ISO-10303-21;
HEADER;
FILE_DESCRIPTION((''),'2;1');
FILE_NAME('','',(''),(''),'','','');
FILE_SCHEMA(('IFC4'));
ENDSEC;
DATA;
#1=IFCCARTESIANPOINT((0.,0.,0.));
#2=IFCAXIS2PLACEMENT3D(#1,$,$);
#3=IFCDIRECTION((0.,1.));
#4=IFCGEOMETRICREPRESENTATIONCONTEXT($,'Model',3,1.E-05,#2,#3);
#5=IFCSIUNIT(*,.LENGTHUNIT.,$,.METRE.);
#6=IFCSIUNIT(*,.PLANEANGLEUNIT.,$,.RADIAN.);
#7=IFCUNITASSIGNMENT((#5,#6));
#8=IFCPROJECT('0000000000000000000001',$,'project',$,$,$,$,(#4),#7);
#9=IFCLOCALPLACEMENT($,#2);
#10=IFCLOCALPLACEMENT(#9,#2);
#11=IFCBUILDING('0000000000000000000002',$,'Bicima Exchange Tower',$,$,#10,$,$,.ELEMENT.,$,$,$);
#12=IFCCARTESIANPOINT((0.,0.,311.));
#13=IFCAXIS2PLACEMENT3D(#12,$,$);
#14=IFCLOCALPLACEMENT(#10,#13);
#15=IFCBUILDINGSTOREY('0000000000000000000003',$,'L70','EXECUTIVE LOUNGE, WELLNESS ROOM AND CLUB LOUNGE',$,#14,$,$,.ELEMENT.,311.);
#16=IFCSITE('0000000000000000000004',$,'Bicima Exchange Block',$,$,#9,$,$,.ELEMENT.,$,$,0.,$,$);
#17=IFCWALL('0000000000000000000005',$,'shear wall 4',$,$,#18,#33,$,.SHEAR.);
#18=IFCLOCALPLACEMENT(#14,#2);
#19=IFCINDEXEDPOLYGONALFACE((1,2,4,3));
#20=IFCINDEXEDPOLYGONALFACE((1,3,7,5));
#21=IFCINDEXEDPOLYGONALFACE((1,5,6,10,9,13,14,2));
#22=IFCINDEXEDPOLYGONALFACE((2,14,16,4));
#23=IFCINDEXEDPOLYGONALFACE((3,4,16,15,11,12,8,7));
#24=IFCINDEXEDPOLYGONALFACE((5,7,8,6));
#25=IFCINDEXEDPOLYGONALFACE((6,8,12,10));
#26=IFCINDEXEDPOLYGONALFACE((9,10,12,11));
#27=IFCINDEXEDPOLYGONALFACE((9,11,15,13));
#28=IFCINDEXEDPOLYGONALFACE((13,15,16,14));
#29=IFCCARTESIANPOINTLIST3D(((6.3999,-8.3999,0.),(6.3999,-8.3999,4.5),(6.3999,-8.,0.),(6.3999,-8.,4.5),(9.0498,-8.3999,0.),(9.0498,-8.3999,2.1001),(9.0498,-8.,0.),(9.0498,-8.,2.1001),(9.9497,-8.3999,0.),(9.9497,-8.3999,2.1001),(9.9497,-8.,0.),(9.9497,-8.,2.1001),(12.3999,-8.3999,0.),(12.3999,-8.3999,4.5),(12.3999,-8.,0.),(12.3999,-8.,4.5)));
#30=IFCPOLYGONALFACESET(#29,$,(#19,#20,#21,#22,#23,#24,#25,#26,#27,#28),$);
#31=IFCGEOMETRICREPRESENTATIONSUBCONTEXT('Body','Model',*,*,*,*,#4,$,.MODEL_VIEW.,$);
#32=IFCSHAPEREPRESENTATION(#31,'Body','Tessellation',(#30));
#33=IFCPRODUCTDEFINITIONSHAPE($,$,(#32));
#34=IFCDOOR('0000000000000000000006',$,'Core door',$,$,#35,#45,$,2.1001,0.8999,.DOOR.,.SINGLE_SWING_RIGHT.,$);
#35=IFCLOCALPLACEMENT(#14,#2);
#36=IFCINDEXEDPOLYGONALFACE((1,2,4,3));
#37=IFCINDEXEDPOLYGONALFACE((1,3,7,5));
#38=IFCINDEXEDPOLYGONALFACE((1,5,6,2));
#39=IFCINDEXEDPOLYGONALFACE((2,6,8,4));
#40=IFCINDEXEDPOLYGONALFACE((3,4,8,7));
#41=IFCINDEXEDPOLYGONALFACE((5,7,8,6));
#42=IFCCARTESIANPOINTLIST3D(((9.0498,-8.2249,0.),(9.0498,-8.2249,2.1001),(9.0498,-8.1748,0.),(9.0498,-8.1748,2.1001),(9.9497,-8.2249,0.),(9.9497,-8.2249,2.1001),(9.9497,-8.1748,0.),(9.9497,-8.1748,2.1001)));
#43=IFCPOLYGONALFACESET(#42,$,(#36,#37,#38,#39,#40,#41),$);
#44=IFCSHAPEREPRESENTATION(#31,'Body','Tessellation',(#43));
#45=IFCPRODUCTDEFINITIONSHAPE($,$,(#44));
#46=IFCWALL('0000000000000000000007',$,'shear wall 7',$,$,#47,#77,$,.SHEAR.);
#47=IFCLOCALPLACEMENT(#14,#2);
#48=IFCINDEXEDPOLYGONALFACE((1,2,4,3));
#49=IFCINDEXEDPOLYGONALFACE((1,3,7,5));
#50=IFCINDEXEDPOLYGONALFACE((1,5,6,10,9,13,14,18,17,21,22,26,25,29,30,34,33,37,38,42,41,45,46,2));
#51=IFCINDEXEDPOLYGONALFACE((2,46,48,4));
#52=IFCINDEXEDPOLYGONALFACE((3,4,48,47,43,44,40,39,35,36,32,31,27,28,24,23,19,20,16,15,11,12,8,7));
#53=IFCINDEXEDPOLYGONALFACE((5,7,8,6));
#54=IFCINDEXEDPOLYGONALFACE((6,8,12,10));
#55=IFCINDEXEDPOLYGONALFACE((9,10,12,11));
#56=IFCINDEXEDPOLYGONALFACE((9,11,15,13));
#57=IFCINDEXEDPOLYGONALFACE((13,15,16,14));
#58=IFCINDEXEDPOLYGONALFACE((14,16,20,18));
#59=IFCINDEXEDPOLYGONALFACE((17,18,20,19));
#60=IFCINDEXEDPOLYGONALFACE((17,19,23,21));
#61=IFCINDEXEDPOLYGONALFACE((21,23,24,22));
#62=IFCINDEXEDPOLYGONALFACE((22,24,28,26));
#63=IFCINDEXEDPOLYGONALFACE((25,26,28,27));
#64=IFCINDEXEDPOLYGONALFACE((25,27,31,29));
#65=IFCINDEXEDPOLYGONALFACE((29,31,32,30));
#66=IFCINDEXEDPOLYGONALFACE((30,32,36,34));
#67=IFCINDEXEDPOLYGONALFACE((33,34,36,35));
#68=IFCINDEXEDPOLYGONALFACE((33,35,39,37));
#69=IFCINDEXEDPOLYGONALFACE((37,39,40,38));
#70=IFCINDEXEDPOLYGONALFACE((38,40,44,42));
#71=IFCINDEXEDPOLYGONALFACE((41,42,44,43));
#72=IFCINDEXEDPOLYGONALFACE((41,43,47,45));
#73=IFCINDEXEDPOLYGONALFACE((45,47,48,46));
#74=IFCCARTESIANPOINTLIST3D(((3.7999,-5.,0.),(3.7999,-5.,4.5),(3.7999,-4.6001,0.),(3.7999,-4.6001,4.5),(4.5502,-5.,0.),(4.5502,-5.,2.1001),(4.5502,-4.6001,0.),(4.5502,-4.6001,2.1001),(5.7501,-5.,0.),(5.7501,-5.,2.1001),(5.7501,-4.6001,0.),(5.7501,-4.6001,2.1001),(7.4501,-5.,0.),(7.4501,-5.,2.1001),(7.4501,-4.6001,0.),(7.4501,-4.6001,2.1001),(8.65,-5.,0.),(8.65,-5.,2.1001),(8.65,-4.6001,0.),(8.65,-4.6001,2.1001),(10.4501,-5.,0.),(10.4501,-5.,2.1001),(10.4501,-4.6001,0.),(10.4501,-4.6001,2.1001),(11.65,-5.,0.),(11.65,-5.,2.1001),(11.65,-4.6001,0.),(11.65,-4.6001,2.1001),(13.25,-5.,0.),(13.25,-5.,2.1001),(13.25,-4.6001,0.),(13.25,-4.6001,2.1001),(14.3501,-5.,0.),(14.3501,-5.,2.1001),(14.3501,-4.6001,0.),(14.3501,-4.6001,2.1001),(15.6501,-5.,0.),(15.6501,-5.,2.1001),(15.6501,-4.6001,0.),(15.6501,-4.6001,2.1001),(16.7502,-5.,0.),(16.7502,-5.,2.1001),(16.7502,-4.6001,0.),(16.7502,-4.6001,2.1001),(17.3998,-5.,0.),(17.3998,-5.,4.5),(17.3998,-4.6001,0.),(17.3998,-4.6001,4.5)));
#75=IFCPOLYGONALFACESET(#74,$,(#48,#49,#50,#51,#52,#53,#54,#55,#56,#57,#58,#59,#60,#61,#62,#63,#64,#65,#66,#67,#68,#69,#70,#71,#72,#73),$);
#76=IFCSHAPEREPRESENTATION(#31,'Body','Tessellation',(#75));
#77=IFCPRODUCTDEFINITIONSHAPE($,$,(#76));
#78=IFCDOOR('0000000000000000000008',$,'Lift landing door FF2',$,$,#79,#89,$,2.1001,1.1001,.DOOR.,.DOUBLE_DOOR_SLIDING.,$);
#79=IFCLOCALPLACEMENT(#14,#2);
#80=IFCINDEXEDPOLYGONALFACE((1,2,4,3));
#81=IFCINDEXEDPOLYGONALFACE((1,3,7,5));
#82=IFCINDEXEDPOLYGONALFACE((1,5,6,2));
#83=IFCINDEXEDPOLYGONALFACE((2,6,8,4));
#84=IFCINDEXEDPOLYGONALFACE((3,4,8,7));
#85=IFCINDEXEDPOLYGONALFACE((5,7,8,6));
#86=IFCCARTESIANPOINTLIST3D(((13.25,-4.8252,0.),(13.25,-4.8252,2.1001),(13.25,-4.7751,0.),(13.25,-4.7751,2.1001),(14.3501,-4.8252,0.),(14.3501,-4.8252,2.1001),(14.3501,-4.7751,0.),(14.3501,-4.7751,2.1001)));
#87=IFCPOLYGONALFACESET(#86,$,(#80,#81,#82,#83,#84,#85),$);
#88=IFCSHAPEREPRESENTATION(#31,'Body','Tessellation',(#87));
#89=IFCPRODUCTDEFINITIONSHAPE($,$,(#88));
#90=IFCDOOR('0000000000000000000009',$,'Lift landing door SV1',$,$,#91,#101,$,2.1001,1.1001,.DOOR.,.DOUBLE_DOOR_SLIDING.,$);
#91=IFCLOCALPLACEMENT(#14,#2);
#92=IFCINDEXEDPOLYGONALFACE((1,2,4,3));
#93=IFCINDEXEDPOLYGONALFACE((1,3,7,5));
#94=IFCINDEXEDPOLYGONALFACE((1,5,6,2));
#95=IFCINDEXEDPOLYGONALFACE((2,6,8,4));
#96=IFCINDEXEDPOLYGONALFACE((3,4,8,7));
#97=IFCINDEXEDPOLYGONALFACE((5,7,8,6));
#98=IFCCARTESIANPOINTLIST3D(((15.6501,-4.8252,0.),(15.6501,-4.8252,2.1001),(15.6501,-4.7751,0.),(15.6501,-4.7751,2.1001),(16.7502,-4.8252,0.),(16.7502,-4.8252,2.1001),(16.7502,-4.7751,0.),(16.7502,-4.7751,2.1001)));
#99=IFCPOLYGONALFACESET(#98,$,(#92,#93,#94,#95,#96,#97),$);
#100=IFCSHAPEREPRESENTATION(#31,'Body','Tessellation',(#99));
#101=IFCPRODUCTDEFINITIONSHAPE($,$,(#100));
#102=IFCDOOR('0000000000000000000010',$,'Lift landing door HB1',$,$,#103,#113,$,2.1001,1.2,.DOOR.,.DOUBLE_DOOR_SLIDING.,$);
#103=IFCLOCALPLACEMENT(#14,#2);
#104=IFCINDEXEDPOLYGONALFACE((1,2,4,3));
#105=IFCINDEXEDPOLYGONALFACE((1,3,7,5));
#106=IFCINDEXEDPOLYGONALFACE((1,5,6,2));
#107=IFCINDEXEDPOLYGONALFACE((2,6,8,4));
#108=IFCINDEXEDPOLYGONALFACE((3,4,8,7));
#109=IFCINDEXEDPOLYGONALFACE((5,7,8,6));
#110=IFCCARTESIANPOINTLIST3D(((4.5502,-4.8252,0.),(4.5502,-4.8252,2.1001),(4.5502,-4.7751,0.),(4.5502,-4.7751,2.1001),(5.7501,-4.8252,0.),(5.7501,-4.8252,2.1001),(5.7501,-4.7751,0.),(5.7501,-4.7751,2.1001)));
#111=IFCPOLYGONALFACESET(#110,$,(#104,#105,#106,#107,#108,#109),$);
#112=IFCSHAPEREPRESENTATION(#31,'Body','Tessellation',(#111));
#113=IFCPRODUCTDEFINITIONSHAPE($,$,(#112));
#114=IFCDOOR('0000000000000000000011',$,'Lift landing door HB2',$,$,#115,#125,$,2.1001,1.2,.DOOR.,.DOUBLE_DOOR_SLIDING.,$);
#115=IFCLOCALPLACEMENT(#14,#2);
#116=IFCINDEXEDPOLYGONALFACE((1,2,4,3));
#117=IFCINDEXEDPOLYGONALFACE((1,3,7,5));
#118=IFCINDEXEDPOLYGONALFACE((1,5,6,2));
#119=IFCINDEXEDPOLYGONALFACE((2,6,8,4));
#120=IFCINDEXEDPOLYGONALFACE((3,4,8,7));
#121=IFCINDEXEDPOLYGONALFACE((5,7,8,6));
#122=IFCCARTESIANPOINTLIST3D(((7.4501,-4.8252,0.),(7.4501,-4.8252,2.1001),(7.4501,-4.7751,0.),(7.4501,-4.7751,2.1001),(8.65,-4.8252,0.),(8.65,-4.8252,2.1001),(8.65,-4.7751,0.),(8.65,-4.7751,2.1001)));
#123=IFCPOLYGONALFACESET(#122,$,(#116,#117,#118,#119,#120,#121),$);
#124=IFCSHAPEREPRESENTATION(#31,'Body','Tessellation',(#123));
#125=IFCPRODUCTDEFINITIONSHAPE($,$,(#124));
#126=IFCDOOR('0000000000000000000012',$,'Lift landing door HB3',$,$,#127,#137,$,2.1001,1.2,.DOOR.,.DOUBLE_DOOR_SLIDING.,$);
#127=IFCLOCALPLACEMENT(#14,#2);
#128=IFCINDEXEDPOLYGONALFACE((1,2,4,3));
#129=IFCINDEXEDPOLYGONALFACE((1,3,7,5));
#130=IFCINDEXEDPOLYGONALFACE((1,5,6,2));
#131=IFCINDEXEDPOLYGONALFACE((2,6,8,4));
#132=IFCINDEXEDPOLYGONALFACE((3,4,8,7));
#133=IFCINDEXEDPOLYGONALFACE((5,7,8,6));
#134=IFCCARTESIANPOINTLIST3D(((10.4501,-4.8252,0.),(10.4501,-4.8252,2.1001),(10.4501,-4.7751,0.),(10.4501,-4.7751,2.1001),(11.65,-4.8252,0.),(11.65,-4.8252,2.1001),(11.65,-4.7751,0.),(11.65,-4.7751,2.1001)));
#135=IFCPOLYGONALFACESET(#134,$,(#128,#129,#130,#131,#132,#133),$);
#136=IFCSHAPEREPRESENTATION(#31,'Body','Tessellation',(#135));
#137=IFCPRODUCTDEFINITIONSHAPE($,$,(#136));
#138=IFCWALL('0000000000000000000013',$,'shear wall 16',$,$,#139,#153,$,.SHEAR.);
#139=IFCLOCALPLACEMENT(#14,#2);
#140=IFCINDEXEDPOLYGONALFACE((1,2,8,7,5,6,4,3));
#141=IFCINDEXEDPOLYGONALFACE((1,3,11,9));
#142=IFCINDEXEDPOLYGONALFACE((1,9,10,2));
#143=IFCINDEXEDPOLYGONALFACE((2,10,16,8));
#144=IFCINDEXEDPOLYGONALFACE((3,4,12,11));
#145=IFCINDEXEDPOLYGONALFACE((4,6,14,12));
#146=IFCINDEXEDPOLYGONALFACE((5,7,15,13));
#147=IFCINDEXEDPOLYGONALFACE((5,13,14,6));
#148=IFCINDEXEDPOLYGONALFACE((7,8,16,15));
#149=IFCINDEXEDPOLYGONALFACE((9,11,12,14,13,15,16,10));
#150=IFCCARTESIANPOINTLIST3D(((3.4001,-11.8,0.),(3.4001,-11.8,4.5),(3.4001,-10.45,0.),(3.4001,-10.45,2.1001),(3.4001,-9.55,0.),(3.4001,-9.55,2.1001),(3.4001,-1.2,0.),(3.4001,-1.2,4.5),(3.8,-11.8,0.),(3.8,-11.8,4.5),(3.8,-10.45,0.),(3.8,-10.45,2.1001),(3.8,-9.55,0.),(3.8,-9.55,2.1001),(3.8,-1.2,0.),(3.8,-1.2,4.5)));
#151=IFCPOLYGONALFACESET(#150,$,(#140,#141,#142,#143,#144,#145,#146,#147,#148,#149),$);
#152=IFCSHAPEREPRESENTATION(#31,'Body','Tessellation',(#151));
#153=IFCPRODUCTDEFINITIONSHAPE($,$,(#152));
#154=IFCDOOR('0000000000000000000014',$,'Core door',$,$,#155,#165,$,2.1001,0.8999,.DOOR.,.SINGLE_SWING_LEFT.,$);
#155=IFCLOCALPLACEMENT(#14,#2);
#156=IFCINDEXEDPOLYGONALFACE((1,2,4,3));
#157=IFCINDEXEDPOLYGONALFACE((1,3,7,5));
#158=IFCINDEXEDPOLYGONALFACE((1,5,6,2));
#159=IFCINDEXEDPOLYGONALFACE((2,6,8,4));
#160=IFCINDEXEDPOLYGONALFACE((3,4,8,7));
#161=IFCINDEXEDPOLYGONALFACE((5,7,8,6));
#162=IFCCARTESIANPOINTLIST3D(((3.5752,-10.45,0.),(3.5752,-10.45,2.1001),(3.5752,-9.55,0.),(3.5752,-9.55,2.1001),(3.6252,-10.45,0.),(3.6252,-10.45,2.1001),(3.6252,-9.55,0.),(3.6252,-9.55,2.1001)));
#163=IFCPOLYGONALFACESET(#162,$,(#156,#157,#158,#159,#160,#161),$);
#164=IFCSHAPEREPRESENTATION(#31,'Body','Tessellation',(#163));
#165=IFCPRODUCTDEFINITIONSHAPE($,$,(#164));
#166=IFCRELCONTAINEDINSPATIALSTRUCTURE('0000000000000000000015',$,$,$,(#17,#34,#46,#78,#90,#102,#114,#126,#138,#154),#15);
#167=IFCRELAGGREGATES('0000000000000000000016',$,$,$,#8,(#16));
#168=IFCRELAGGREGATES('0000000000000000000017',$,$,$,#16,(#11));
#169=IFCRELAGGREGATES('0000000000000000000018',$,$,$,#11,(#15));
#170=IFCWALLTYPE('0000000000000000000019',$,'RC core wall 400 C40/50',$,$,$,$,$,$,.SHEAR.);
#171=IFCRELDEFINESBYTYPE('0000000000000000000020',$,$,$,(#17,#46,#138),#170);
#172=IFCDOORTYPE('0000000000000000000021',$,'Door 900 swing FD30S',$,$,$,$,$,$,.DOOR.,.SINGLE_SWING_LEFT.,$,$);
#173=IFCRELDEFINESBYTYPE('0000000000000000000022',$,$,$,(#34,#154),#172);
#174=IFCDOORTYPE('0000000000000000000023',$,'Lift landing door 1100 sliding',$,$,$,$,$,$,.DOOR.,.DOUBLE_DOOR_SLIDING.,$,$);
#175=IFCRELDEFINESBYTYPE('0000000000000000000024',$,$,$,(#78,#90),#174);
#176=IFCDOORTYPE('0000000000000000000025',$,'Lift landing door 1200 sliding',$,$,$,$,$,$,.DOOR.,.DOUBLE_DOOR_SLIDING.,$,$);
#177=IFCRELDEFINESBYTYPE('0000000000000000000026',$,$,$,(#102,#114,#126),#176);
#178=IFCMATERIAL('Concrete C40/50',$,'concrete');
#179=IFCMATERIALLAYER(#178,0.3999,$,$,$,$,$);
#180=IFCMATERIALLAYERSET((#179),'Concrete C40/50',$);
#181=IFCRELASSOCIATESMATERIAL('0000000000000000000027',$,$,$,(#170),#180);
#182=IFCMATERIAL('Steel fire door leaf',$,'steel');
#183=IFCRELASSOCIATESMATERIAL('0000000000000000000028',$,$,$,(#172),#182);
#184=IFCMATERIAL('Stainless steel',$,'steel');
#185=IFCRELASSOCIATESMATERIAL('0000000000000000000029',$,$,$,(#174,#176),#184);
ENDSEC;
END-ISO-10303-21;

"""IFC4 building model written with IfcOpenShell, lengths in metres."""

from ifc_helpers import new_model, si_unit, direction, frame, frame_2d, origin, place, context, subcontext, project, spatial, rectangle, extrude, material, layer, layer_set, type_object, element, fill, save


model = new_model("IFC4")

# Units and contexts
model_context = context("Model", 3, precision=1e-05, world=origin(), true_north=direction((0.0, 1.0)))
body_context = subcontext(model_context, "Body", "Model", "MODEL_VIEW")
ifc_project = project(units=[si_unit("LENGTHUNIT", "METRE"), si_unit("PLANEANGLEUNIT", "RADIAN")], contexts=[model_context])

# Site, building, storey
site_placement = place(None, origin())
site = spatial("IfcSite", under=ifc_project, at=site_placement, Name="Bicima Exchange Block", CompositionType="ELEMENT", RefElevation=0.0)
building_placement = place(site_placement, origin())
building = spatial("IfcBuilding", under=site, at=building_placement, Name="Bicima Exchange Tower", CompositionType="ELEMENT")
storey_placement = place(building_placement, frame((0.0, 0.0, 311.0)))
storey = spatial("IfcBuildingStorey", under=building, at=storey_placement, Name="L70", Description="EXECUTIVE LOUNGE, WELLNESS ROOM AND CLUB LOUNGE", CompositionType="ELEMENT", Elevation=311.0)

# Shared definitions
ifc_material_1 = material(Name="Concrete C40/50", Category="concrete")

# Wall, opening, door
ifc_layer_1 = layer(ifc_material_1, 0.3999)
ifc_layer_set_1 = layer_set([ifc_layer_1], Name="Concrete C40/50")
wall_type_1 = type_object("IfcWallType", Name="RC core wall 400 C40/50", PredefinedType="SHEAR", material=ifc_layer_set_1)
wall_1_placement = place(storey_placement, frame((6.3999, -8.2, 0.0), z_axis=(0.0, 0.0, 1.0), x_axis=(1.0, 0.0, 0.0)))
wall_1 = element("IfcWall", 1, at=wall_1_placement, inside=storey, type_object=wall_type_1, Name="shear wall 4", PredefinedType="SHEAR", context=body_context, shape_type="SweptSolid", body=[
    extrude(rectangle(XDim=6.0, YDim=0.3999, at=frame_2d((3.0, 0.0))), origin(), (0.0, 0.0, 1.0), 4.5),
])
opening_1_placement = place(wall_1_placement, frame((2.6499, 0.0, 0.0)))
opening_1 = element("IfcOpeningElement", 2, at=opening_1_placement, cuts=wall_1, PredefinedType="OPENING", context=body_context, shape_type="SweptSolid", body=[
    extrude(rectangle(XDim=0.8999, YDim=2.1001, at=frame_2d((0.45, 1.05))), frame((0.0, 0.2119, 0.0), z_axis=(0.0, -1.0, 0.0), x_axis=(1.0, 0.0, 0.0)), (0.0, 0.0, 1.0), 0.4238),
])
ifc_material_2 = material(Name="Steel fire door leaf", Category="steel")
door_type_1 = type_object("IfcDoorType", Name="Door 900 swing FD30S", OperationType="SINGLE_SWING_LEFT", PredefinedType="DOOR", material=ifc_material_2)
door_1_placement = place(opening_1_placement, frame((0.8999, 0.0, 0.0), z_axis=(0.0, 0.0, 1.0), x_axis=(-1.0, 0.0, 0.0)))
door_1 = element("IfcDoor", 3, at=door_1_placement, inside=storey, type_object=door_type_1, Name="Core door", OperationType="SINGLE_SWING_RIGHT", OverallHeight=2.1001, OverallWidth=0.8999, PredefinedType="DOOR", context=body_context, shape_type="SweptSolid", body=[
    extrude(rectangle(XDim=0.8999, YDim=2.1001, at=frame_2d((0.45, 1.05))), frame((0.0, 0.0249, 0.0), z_axis=(0.0, -1.0, 0.0), x_axis=(1.0, 0.0, 0.0)), (0.0, 0.0, 1.0), 0.05),
])
fill(opening_1, door_1)

# Wall, openings, doors
wall_2_placement = place(storey_placement, frame((3.8, -4.8, 0.0), z_axis=(0.0, 0.0, 1.0), x_axis=(1.0, 0.0, 0.0)))
wall_2 = element("IfcWall", 4, at=wall_2_placement, inside=storey, type_object=wall_type_1, Name="shear wall 7", PredefinedType="SHEAR", context=body_context, shape_type="SweptSolid", body=[
    extrude(rectangle(XDim=13.5999, YDim=0.3999, at=frame_2d((6.7998, 0.0))), origin(), (0.0, 0.0, 1.0), 4.5),
])
opening_2_placement = place(wall_2_placement, frame((0.75, 0.0, 0.0)))
opening_2 = element("IfcOpeningElement", 5, at=opening_2_placement, cuts=wall_2, PredefinedType="OPENING", context=body_context, shape_type="SweptSolid", body=[
    extrude(rectangle(XDim=1.2, YDim=2.1001, at=frame_2d((0.6001, 1.05))), frame((0.0, 0.2119, 0.0), z_axis=(0.0, -1.0, 0.0), x_axis=(1.0, 0.0, 0.0)), (0.0, 0.0, 1.0), 0.4238),
])
opening_3_placement = place(wall_2_placement, frame((3.6499, 0.0, 0.0)))
opening_3 = element("IfcOpeningElement", 6, at=opening_3_placement, cuts=wall_2, PredefinedType="OPENING", context=body_context, shape_type="SweptSolid", body=[
    extrude(rectangle(XDim=1.2, YDim=2.1001, at=frame_2d((0.6001, 1.05))), frame((0.0, 0.2119, 0.0), z_axis=(0.0, -1.0, 0.0), x_axis=(1.0, 0.0, 0.0)), (0.0, 0.0, 1.0), 0.4238),
])
opening_4_placement = place(wall_2_placement, frame((6.6499, 0.0, 0.0)))
opening_4 = element("IfcOpeningElement", 7, at=opening_4_placement, cuts=wall_2, PredefinedType="OPENING", context=body_context, shape_type="SweptSolid", body=[
    extrude(rectangle(XDim=1.2, YDim=2.1001, at=frame_2d((0.6001, 1.05))), frame((0.0, 0.2119, 0.0), z_axis=(0.0, -1.0, 0.0), x_axis=(1.0, 0.0, 0.0)), (0.0, 0.0, 1.0), 0.4238),
])
opening_5_placement = place(wall_2_placement, frame((9.45, 0.0, 0.0)))
opening_5 = element("IfcOpeningElement", 8, at=opening_5_placement, cuts=wall_2, PredefinedType="OPENING", context=body_context, shape_type="SweptSolid", body=[
    extrude(rectangle(XDim=1.1001, YDim=2.1001, at=frame_2d((0.55, 1.05))), frame((0.0, 0.2119, 0.0), z_axis=(0.0, -1.0, 0.0), x_axis=(1.0, 0.0, 0.0)), (0.0, 0.0, 1.0), 0.4238),
])
opening_6_placement = place(wall_2_placement, frame((11.8501, 0.0, 0.0)))
opening_6 = element("IfcOpeningElement", 9, at=opening_6_placement, cuts=wall_2, PredefinedType="OPENING", context=body_context, shape_type="SweptSolid", body=[
    extrude(rectangle(XDim=1.1001, YDim=2.1001, at=frame_2d((0.55, 1.05))), frame((0.0, 0.2119, 0.0), z_axis=(0.0, -1.0, 0.0), x_axis=(1.0, 0.0, 0.0)), (0.0, 0.0, 1.0), 0.4238),
])
ifc_material_3 = material(Name="Stainless steel", Category="steel")
door_type_2 = type_object("IfcDoorType", Name="Lift landing door 1100 sliding", OperationType="DOUBLE_DOOR_SLIDING", PredefinedType="DOOR", material=ifc_material_3)
door_2_placement = place(opening_5_placement, origin())
door_2 = element("IfcDoor", 10, at=door_2_placement, inside=storey, type_object=door_type_2, Name="Lift landing door FF2", OperationType="DOUBLE_DOOR_SLIDING", OverallHeight=2.1001, OverallWidth=1.1001, PredefinedType="DOOR", context=body_context, shape_type="SweptSolid", body=[
    extrude(rectangle(XDim=1.1001, YDim=2.1001, at=frame_2d((0.55, 1.05))), frame((0.0, 0.0249, 0.0), z_axis=(0.0, -1.0, 0.0), x_axis=(1.0, 0.0, 0.0)), (0.0, 0.0, 1.0), 0.05),
])
fill(opening_5, door_2)
door_3_placement = place(opening_6_placement, origin())
door_3 = element("IfcDoor", 11, at=door_3_placement, inside=storey, type_object=door_type_2, Name="Lift landing door SV1", OperationType="DOUBLE_DOOR_SLIDING", OverallHeight=2.1001, OverallWidth=1.1001, PredefinedType="DOOR", context=body_context, shape_type="SweptSolid", body=[
    extrude(rectangle(XDim=1.1001, YDim=2.1001, at=frame_2d((0.55, 1.05))), frame((0.0, 0.0249, 0.0), z_axis=(0.0, -1.0, 0.0), x_axis=(1.0, 0.0, 0.0)), (0.0, 0.0, 1.0), 0.05),
])
fill(opening_6, door_3)
door_type_3 = type_object("IfcDoorType", Name="Lift landing door 1200 sliding", OperationType="DOUBLE_DOOR_SLIDING", PredefinedType="DOOR", material=ifc_material_3)
door_4_placement = place(opening_2_placement, origin())
door_4 = element("IfcDoor", 12, at=door_4_placement, inside=storey, type_object=door_type_3, Name="Lift landing door HB1", OperationType="DOUBLE_DOOR_SLIDING", OverallHeight=2.1001, OverallWidth=1.2, PredefinedType="DOOR", context=body_context, shape_type="SweptSolid", body=[
    extrude(rectangle(XDim=1.2, YDim=2.1001, at=frame_2d((0.6001, 1.05))), frame((0.0, 0.0249, 0.0), z_axis=(0.0, -1.0, 0.0), x_axis=(1.0, 0.0, 0.0)), (0.0, 0.0, 1.0), 0.05),
])
fill(opening_2, door_4)
door_5_placement = place(opening_3_placement, origin())
door_5 = element("IfcDoor", 13, at=door_5_placement, inside=storey, type_object=door_type_3, Name="Lift landing door HB2", OperationType="DOUBLE_DOOR_SLIDING", OverallHeight=2.1001, OverallWidth=1.2, PredefinedType="DOOR", context=body_context, shape_type="SweptSolid", body=[
    extrude(rectangle(XDim=1.2, YDim=2.1001, at=frame_2d((0.6001, 1.05))), frame((0.0, 0.0249, 0.0), z_axis=(0.0, -1.0, 0.0), x_axis=(1.0, 0.0, 0.0)), (0.0, 0.0, 1.0), 0.05),
])
fill(opening_3, door_5)
door_6_placement = place(opening_4_placement, origin())
door_6 = element("IfcDoor", 14, at=door_6_placement, inside=storey, type_object=door_type_3, Name="Lift landing door HB3", OperationType="DOUBLE_DOOR_SLIDING", OverallHeight=2.1001, OverallWidth=1.2, PredefinedType="DOOR", context=body_context, shape_type="SweptSolid", body=[
    extrude(rectangle(XDim=1.2, YDim=2.1001, at=frame_2d((0.6001, 1.05))), frame((0.0, 0.0249, 0.0), z_axis=(0.0, -1.0, 0.0), x_axis=(1.0, 0.0, 0.0)), (0.0, 0.0, 1.0), 0.05),
])
fill(opening_4, door_6)

# Wall, opening, door
wall_3_placement = place(storey_placement, frame((3.6001, -11.8, 0.0), z_axis=(0.0, 0.0, 1.0), x_axis=(0.0, 1.0, 0.0)))
wall_3 = element("IfcWall", 15, at=wall_3_placement, inside=storey, type_object=wall_type_1, Name="shear wall 16", PredefinedType="SHEAR", context=body_context, shape_type="SweptSolid", body=[
    extrude(rectangle(XDim=10.6001, YDim=0.3999, at=frame_2d((5.3, 0.0))), origin(), (0.0, 0.0, 1.0), 4.5),
])
opening_7_placement = place(wall_3_placement, frame((1.3501, 0.0, 0.0)))
opening_7 = element("IfcOpeningElement", 16, at=opening_7_placement, cuts=wall_3, PredefinedType="OPENING", context=body_context, shape_type="SweptSolid", body=[
    extrude(rectangle(XDim=0.8999, YDim=2.1001, at=frame_2d((0.45, 1.05))), frame((0.0, 0.2119, 0.0), z_axis=(0.0, -1.0, 0.0), x_axis=(1.0, 0.0, 0.0)), (0.0, 0.0, 1.0), 0.4238),
])
door_7_placement = place(opening_7_placement, origin())
door_7 = element("IfcDoor", 17, at=door_7_placement, inside=storey, type_object=door_type_1, Name="Core door", OperationType="SINGLE_SWING_LEFT", OverallHeight=2.1001, OverallWidth=0.8999, PredefinedType="DOOR", context=body_context, shape_type="SweptSolid", body=[
    extrude(rectangle(XDim=0.8999, YDim=2.1001, at=frame_2d((0.45, 1.05))), frame((0.0, 0.0249, 0.0), z_axis=(0.0, -1.0, 0.0), x_axis=(1.0, 0.0, 0.0)), (0.0, 0.0, 1.0), 0.05),
])
fill(opening_7, door_7)

save(model, "model.ifc")
